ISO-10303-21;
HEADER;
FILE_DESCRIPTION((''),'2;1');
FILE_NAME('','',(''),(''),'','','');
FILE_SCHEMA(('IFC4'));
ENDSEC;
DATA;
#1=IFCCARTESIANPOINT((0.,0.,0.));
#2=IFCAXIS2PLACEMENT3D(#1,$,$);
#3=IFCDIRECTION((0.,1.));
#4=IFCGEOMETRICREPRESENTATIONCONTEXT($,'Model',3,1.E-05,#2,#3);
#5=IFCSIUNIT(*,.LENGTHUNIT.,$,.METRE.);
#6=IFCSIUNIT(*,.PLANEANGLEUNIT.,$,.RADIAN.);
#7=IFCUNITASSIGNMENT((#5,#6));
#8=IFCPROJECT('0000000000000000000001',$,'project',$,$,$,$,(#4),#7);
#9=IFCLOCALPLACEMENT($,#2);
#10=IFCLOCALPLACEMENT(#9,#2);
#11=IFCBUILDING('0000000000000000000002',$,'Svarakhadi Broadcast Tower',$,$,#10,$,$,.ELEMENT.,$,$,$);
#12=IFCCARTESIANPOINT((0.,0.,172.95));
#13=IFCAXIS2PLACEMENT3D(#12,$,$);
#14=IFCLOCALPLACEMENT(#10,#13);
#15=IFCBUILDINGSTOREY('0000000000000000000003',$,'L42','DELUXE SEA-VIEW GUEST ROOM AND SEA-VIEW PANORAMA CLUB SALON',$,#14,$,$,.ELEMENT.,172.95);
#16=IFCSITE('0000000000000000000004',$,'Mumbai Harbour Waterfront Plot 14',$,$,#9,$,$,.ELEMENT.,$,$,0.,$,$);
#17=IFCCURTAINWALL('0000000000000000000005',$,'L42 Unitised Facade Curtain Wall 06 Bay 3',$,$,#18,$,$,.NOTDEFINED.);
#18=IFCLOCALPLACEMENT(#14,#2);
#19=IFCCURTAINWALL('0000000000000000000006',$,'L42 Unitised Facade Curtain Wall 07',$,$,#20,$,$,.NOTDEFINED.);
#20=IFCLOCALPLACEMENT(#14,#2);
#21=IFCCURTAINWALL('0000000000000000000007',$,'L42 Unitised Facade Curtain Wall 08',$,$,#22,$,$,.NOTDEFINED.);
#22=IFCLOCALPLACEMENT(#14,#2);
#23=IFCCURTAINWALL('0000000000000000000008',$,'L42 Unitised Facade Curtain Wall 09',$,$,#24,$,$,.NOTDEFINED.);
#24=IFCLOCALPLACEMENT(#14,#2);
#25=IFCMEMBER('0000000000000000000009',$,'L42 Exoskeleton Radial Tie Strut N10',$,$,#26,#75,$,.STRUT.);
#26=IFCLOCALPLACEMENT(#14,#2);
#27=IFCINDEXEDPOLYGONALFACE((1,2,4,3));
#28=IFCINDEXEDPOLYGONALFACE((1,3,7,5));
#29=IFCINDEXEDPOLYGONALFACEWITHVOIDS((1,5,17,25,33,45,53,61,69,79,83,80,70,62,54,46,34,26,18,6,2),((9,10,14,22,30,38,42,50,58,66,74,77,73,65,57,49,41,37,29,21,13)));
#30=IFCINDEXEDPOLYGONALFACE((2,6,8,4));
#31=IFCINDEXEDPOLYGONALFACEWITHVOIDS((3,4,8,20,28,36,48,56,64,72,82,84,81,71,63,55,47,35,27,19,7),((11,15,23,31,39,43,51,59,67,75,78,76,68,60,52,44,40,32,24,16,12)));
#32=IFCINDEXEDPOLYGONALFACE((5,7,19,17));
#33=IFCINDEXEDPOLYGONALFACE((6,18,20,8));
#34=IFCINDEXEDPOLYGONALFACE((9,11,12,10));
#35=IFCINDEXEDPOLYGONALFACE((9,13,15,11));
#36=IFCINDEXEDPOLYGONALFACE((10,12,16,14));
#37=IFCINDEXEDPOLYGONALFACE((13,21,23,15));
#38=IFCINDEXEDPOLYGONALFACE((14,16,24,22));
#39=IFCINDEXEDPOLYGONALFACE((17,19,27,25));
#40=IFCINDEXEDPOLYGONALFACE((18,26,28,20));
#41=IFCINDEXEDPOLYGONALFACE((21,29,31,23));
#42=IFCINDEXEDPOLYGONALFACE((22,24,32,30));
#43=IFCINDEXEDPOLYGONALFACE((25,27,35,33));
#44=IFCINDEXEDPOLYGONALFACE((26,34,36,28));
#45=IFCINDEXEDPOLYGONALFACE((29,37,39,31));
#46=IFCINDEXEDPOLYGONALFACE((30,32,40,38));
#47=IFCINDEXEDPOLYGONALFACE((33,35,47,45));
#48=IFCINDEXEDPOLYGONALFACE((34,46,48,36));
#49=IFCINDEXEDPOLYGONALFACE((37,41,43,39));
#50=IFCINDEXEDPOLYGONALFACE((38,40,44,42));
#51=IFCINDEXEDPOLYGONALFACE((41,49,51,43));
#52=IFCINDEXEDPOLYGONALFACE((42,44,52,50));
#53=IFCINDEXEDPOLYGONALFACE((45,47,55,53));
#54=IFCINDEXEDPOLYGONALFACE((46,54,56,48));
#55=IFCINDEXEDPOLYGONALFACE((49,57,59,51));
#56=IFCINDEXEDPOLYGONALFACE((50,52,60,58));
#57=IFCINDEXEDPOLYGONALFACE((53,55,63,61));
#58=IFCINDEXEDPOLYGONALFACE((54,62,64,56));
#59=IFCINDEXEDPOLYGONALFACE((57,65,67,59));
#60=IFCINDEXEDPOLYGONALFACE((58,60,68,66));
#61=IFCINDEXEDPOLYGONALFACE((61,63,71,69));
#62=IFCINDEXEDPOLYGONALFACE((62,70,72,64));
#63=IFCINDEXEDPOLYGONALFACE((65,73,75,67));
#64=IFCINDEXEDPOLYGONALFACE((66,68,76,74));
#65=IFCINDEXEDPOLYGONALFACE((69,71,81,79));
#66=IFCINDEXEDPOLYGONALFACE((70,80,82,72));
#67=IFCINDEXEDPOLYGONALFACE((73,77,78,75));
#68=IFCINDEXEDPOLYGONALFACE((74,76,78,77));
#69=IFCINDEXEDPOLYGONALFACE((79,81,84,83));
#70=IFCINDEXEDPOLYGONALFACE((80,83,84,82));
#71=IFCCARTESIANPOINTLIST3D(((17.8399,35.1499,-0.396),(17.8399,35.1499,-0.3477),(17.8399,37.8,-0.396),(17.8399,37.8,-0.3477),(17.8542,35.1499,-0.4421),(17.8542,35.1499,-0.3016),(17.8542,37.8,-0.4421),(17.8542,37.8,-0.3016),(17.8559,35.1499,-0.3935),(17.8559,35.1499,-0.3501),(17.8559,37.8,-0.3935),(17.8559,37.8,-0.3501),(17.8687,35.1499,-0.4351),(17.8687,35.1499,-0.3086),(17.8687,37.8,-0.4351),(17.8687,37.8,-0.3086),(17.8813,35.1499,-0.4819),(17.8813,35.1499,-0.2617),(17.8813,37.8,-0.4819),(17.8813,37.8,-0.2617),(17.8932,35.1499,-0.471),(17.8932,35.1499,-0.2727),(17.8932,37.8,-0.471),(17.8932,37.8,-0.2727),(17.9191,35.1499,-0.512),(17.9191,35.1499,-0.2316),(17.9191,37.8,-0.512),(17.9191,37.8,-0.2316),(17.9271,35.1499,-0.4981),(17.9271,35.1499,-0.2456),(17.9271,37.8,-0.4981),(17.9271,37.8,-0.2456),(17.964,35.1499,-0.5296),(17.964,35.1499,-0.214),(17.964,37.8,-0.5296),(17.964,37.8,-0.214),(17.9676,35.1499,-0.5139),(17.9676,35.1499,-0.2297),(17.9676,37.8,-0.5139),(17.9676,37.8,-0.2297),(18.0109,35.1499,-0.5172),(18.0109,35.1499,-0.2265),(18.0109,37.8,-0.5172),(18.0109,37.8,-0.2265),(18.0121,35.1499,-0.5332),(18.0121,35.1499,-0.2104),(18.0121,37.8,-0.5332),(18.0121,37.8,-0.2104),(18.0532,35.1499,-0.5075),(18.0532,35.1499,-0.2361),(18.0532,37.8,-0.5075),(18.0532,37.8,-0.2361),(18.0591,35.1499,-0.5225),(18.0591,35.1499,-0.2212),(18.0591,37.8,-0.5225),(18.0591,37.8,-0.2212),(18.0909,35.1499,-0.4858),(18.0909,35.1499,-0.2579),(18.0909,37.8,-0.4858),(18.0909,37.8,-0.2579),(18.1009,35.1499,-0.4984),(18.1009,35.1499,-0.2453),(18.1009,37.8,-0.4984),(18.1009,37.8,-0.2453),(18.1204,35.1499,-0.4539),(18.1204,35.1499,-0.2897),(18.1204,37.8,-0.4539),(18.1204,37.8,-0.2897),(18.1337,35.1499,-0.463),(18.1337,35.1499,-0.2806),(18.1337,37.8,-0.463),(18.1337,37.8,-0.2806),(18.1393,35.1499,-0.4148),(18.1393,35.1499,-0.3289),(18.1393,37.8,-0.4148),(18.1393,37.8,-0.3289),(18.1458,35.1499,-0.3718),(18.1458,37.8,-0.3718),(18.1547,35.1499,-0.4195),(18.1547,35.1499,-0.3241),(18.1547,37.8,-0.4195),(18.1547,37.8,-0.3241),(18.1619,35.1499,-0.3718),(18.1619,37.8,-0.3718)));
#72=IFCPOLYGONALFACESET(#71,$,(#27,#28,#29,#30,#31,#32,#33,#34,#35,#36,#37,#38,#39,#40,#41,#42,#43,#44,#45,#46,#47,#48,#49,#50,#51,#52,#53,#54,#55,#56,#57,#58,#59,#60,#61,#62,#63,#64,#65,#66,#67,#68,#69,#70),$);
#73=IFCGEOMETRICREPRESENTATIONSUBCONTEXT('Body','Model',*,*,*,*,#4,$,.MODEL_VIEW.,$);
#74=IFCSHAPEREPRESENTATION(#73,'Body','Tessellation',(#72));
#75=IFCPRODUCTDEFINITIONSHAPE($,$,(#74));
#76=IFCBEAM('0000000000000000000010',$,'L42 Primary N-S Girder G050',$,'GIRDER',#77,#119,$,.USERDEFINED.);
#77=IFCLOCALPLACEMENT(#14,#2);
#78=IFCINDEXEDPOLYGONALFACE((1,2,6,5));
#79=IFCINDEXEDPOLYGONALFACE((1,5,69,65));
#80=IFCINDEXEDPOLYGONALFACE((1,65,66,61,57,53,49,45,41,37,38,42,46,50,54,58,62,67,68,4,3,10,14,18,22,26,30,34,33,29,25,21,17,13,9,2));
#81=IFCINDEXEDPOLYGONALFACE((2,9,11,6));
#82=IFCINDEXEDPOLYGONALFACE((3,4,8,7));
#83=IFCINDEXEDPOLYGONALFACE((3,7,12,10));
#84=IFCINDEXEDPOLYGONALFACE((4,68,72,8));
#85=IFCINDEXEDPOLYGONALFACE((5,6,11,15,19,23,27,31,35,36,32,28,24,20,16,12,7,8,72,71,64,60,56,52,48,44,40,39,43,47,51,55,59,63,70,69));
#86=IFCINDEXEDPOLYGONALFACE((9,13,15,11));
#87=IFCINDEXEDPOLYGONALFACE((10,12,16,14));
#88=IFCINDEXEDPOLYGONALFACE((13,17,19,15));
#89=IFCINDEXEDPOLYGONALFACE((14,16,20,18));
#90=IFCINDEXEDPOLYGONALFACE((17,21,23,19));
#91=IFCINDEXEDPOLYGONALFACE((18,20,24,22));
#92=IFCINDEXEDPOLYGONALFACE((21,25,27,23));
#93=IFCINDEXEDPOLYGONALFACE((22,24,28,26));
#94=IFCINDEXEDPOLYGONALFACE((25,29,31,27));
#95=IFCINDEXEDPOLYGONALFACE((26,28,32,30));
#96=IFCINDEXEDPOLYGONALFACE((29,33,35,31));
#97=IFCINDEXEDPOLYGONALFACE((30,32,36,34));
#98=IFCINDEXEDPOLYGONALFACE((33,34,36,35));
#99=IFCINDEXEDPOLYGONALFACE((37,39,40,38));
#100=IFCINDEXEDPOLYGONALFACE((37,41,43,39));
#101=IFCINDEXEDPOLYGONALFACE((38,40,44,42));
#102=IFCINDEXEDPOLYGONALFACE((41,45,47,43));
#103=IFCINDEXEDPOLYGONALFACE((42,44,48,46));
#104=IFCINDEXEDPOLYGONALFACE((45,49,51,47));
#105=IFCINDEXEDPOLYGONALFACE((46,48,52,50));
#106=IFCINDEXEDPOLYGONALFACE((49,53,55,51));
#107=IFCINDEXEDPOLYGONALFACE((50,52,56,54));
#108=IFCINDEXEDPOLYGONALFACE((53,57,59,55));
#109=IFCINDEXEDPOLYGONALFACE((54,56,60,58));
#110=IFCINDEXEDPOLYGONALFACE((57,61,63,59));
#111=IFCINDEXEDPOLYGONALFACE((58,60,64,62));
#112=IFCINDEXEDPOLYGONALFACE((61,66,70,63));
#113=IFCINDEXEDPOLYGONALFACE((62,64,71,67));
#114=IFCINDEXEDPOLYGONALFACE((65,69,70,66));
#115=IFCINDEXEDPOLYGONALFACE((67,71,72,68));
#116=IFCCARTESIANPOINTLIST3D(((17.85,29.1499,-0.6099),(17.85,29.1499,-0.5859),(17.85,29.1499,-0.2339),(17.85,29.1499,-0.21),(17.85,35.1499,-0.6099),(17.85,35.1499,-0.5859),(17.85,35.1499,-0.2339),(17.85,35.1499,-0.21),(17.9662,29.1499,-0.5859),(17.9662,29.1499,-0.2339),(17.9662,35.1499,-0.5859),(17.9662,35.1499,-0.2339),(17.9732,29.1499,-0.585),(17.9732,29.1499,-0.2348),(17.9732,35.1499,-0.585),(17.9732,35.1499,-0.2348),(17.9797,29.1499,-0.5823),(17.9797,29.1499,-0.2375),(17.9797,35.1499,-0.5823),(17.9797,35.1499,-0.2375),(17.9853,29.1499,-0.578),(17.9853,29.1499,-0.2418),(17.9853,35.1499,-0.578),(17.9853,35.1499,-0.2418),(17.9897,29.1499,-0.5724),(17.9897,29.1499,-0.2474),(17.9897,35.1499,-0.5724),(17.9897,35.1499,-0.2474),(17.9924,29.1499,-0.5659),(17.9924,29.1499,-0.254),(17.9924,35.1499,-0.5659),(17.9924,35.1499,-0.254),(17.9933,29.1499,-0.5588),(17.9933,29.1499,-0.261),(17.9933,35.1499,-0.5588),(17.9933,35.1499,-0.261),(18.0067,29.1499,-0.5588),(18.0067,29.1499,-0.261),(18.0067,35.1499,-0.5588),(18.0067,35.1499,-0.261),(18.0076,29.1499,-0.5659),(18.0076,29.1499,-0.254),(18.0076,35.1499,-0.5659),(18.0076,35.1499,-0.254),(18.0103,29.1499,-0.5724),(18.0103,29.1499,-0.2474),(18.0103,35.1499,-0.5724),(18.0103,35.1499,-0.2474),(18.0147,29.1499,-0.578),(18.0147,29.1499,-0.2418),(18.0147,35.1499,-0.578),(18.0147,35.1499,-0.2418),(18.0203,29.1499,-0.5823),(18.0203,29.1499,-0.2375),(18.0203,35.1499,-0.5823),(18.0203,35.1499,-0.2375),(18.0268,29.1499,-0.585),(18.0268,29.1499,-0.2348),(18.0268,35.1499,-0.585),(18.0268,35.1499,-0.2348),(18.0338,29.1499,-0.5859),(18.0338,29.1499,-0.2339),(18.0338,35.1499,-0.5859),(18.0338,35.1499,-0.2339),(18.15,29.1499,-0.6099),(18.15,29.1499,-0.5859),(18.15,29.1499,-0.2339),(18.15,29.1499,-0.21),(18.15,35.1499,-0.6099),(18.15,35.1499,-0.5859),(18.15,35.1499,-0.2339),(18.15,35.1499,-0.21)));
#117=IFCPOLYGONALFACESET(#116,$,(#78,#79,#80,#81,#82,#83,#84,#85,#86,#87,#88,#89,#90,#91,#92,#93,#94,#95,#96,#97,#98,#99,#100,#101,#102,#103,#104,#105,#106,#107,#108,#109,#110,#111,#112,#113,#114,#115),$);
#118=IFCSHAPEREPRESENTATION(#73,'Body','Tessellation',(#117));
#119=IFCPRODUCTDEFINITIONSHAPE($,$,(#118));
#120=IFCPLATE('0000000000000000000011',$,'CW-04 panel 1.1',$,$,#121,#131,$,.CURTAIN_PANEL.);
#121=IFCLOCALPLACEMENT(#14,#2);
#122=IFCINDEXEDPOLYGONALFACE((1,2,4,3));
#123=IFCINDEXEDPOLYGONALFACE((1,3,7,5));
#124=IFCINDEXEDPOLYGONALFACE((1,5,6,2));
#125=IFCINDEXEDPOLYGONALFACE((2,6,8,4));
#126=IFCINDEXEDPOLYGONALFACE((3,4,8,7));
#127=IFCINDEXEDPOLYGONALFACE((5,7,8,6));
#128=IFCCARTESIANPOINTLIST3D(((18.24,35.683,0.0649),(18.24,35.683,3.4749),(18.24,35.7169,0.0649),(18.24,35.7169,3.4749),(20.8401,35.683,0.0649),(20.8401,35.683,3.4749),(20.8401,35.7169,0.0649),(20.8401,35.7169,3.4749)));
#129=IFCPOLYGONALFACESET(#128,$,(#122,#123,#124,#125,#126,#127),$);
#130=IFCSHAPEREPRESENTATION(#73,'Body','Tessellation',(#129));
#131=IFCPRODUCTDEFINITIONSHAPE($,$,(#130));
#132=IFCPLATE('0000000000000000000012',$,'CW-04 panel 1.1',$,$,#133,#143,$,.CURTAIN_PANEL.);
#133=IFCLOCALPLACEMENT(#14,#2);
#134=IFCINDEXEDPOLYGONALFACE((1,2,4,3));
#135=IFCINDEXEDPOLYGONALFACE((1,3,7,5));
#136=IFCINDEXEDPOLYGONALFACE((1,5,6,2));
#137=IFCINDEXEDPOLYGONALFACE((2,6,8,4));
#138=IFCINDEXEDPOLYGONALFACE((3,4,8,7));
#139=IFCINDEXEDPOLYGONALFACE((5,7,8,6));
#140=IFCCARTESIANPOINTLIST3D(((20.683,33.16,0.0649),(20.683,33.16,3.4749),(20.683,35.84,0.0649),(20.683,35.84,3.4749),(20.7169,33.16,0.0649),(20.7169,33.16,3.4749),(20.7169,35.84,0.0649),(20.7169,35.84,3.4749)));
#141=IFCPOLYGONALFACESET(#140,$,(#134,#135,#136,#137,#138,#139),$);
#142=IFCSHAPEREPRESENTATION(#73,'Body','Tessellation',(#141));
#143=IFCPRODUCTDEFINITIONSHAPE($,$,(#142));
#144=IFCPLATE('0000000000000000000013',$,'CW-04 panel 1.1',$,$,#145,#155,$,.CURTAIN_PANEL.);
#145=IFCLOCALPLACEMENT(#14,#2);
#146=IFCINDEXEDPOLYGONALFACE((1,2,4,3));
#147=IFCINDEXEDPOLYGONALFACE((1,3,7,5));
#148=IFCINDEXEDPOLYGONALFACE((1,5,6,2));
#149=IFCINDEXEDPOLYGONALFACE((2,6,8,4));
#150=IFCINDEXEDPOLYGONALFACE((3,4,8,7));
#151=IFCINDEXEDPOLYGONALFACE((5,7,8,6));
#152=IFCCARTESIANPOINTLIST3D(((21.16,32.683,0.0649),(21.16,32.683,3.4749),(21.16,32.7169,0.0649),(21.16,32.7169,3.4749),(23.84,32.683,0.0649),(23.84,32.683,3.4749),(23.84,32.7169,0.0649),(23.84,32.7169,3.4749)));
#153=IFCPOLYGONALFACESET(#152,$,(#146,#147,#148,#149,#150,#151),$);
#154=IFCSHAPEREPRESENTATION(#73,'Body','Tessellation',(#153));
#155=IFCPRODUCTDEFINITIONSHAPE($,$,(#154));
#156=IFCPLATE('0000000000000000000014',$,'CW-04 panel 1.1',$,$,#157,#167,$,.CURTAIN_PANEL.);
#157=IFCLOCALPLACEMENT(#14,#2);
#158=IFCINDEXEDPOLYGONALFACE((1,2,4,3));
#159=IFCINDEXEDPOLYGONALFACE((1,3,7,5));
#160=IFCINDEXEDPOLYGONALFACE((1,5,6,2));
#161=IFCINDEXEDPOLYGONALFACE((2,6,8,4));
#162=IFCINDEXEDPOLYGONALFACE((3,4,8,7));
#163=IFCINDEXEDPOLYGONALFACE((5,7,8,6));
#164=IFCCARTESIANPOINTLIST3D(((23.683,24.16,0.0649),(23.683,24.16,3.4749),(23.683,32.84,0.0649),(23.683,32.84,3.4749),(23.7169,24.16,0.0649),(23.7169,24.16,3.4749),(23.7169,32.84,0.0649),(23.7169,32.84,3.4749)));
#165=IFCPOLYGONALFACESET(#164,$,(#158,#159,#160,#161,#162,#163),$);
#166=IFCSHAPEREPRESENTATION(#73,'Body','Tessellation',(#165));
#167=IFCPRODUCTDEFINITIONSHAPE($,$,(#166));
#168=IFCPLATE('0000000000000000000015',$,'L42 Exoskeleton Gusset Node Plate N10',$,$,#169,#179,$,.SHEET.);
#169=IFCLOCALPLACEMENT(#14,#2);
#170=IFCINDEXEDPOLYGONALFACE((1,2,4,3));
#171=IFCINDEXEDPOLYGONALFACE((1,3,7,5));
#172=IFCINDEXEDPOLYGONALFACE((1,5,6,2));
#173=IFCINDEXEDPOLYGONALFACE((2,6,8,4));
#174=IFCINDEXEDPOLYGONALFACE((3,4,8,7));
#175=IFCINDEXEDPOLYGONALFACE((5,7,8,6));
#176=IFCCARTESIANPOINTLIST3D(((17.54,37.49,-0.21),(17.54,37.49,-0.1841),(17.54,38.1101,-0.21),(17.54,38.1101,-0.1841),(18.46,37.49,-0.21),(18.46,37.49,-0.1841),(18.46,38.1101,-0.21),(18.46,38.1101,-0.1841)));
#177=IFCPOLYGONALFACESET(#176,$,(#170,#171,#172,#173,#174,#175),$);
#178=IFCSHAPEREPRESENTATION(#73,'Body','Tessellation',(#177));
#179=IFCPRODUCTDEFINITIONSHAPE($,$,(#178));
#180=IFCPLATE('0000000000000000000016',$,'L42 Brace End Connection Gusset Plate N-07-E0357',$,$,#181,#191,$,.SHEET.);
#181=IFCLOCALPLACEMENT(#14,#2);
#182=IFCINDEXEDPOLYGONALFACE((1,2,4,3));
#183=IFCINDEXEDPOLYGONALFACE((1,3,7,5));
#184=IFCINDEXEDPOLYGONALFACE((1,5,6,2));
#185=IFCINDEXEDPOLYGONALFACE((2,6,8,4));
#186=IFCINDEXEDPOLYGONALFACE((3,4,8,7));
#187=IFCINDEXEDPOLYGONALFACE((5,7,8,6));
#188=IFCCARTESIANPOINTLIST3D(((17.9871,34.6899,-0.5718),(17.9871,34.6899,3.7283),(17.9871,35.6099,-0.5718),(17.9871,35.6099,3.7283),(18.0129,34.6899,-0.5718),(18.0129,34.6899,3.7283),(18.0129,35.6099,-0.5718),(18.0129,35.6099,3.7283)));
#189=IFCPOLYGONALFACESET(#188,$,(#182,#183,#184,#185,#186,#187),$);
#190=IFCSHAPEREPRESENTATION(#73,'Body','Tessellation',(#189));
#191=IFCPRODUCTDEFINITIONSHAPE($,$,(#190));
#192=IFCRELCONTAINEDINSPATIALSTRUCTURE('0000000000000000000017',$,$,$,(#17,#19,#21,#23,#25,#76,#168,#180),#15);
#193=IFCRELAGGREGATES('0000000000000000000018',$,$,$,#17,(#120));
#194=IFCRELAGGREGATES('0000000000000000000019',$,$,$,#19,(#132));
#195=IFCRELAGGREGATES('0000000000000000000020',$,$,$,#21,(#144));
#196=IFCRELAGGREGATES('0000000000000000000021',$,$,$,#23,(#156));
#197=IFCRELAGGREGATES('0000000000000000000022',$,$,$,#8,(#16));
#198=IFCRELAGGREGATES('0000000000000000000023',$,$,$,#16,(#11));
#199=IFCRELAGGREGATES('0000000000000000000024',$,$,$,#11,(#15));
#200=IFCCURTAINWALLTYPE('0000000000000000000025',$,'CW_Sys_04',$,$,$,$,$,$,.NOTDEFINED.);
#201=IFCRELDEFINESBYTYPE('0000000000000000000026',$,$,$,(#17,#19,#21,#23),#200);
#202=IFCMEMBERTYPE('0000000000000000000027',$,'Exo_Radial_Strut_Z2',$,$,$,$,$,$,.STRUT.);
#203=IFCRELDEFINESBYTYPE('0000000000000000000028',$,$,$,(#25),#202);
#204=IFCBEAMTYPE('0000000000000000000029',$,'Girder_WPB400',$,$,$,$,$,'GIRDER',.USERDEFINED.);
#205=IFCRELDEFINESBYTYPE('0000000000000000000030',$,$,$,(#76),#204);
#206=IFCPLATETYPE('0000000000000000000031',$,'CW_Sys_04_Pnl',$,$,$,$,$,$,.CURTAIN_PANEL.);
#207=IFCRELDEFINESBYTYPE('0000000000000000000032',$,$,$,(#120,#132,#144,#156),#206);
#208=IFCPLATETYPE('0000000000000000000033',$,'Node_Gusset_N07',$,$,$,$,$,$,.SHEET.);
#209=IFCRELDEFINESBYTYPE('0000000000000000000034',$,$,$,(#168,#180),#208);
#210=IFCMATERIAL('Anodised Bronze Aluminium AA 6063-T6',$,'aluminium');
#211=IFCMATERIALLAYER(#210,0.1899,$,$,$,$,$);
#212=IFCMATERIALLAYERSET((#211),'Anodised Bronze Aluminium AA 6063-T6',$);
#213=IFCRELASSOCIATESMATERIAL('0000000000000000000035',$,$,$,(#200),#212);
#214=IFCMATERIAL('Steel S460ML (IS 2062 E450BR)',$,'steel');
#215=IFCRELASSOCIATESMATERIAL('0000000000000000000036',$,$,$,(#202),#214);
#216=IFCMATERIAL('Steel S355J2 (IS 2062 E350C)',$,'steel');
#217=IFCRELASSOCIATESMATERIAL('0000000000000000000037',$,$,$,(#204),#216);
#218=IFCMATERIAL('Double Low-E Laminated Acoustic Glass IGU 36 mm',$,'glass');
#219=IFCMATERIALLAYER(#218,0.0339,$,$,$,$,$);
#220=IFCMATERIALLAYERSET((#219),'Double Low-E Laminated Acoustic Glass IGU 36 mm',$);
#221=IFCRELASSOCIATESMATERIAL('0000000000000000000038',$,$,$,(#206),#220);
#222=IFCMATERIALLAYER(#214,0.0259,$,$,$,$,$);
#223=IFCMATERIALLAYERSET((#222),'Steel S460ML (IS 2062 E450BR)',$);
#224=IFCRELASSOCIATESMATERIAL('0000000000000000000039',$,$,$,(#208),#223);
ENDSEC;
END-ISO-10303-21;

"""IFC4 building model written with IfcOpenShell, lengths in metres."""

from ifc_helpers import new_model, si_unit, direction, frame, origin, origin_2d, place, context, subcontext, project, spatial, rectangle, hollow_circle, i_section, extrude, material, layer, layer_set, material_profile, profile_set, type_object, element, aggregate, save


model = new_model("IFC4")

# Units and contexts
model_context = context("Model", 3, precision=1e-05, world=origin(), true_north=direction((0.0, 1.0)))
body_context = subcontext(model_context, "Body", "Model", "MODEL_VIEW")
ifc_project = project(units=[si_unit("LENGTHUNIT", "METRE"), si_unit("PLANEANGLEUNIT", "RADIAN")], contexts=[model_context])

# Site, building, storey
site_placement = place(None, origin())
site = spatial("IfcSite", under=ifc_project, at=site_placement, Name="Mumbai Harbour Waterfront Plot 14", CompositionType="ELEMENT", RefElevation=0.0)
building_placement = place(site_placement, origin())
building = spatial("IfcBuilding", under=site, at=building_placement, Name="Svarakhadi Broadcast Tower", CompositionType="ELEMENT")
storey_placement = place(building_placement, frame((0.0, 0.0, 172.95)))
storey = spatial("IfcBuildingStorey", under=building, at=storey_placement, Name="L42", Description="DELUXE SEA-VIEW GUEST ROOM AND SEA-VIEW PANORAMA CLUB SALON", CompositionType="ELEMENT", Elevation=172.95)

# Curtain walls
ifc_material_1 = material(Name="Anodised Bronze Aluminium AA 6063-T6", Category="aluminium")
ifc_layer_1 = layer(ifc_material_1, 0.1899)
ifc_layer_set_1 = layer_set([ifc_layer_1], Name="Anodised Bronze Aluminium AA 6063-T6")
curtain_wall_type = type_object("IfcCurtainWallType", Name="CW_Sys_04", PredefinedType="NOTDEFINED", material=ifc_layer_set_1)
curtain_wall_1_placement = place(storey_placement, origin())
curtain_wall_1 = element("IfcCurtainWall", 1, at=curtain_wall_1_placement, inside=storey, type_object=curtain_wall_type, Name="L42 Unitised Facade Curtain Wall 06 Bay 3", PredefinedType="NOTDEFINED")
curtain_wall_2_placement = place(storey_placement, origin())
curtain_wall_2 = element("IfcCurtainWall", 2, at=curtain_wall_2_placement, inside=storey, type_object=curtain_wall_type, Name="L42 Unitised Facade Curtain Wall 07", PredefinedType="NOTDEFINED")
curtain_wall_3_placement = place(storey_placement, origin())
curtain_wall_3 = element("IfcCurtainWall", 3, at=curtain_wall_3_placement, inside=storey, type_object=curtain_wall_type, Name="L42 Unitised Facade Curtain Wall 08", PredefinedType="NOTDEFINED")

# Curtain wall
curtain_wall_4_placement = place(storey_placement, origin())
curtain_wall_4 = element("IfcCurtainWall", 4, at=curtain_wall_4_placement, inside=storey, type_object=curtain_wall_type, Name="L42 Unitised Facade Curtain Wall 09", PredefinedType="NOTDEFINED")

# Member
ifc_material_2 = material(Name="Steel S460ML (IS 2062 E450BR)", Category="steel")
ifc_material_profile_1 = material_profile(ifc_material_2, hollow_circle(Radius=0.1619, WallThickness=0.0161, at=origin_2d()), Name="CHS 323.9x16")
ifc_profile_set_1 = profile_set([ifc_material_profile_1], Name="Steel S460ML (IS 2062 E450BR)")
member_type_1 = type_object("IfcMemberType", Name="Exo_Radial_Strut_Z2", PredefinedType="STRUT", material=ifc_profile_set_1)
member_1_placement = place(storey_placement, frame((18.0, 37.8, -0.3718), z_axis=(0.0, -1.0, 0.0), x_axis=(1.0, 0.0, 0.0)))
element("IfcMember", 5, at=member_1_placement, inside=storey, type_object=member_type_1, Name="L42 Exoskeleton Radial Tie Strut N10", PredefinedType="STRUT", context=body_context, shape_type="SweptSolid", body=[
    extrude(hollow_circle(Radius=0.1619, WallThickness=0.0161, at=origin_2d()), origin(), (0.0, 0.0, 1.0), 2.6501),
])

# Beam
ifc_material_3 = material(Name="Steel S355J2 (IS 2062 E350C)", Category="steel")
ifc_material_profile_2 = material_profile(ifc_material_3, i_section(OverallWidth=0.3, OverallDepth=0.3999, WebThickness=0.0134, FlangeThickness=0.0239, FilletRadius=0.0271, at=origin_2d()), Name="WPB 400x300x155")
ifc_profile_set_2 = profile_set([ifc_material_profile_2], Name="Steel S355J2 (IS 2062 E350C)")
beam_type = type_object("IfcBeamType", Name="Girder_WPB400", ElementType="GIRDER", PredefinedType="USERDEFINED", material=ifc_profile_set_2)
beam_placement = place(storey_placement, frame((18.0, 29.1499, -0.4099), z_axis=(0.0, 1.0, 0.0), x_axis=(-1.0, 0.0, 0.0)))
element("IfcBeam", 6, at=beam_placement, inside=storey, type_object=beam_type, Name="L42 Primary N-S Girder G050", ObjectType="GIRDER", PredefinedType="USERDEFINED", context=body_context, shape_type="SweptSolid", body=[
    extrude(i_section(OverallWidth=0.3, OverallDepth=0.3999, WebThickness=0.0134, FlangeThickness=0.0239, FilletRadius=0.0271, at=origin_2d()), origin(), (0.0, 0.0, 1.0), 6.0),
])

# Plates
ifc_material_4 = material(Name="Double Low-E Laminated Acoustic Glass IGU 36 mm", Category="glass")
ifc_layer_2 = layer(ifc_material_4, 0.0339)
ifc_layer_set_2 = layer_set([ifc_layer_2], Name="Double Low-E Laminated Acoustic Glass IGU 36 mm")
plate_type_1 = type_object("IfcPlateType", Name="CW_Sys_04_Pnl", PredefinedType="CURTAIN_PANEL", material=ifc_layer_set_2)
plate_1_placement = place(storey_placement, frame((19.54, 35.7, 0.0649), z_axis=(0.0, 0.0, 1.0), x_axis=(1.0, 0.0, 0.0)))
plate_1 = element("IfcPlate", 7, at=plate_1_placement, type_object=plate_type_1, Name="CW-04 panel 1.1", PredefinedType="CURTAIN_PANEL", context=body_context, shape_type="SweptSolid", body=[
    extrude(rectangle(XDim=2.6001, YDim=0.0339, at=origin_2d()), origin(), (0.0, 0.0, 1.0), 3.4099),
])
aggregate(curtain_wall_1, [plate_1])
plate_2_placement = place(storey_placement, frame((20.7, 34.5, 0.0649), z_axis=(0.0, 0.0, 1.0), x_axis=(0.0, -1.0, 0.0)))
plate_2 = element("IfcPlate", 8, at=plate_2_placement, type_object=plate_type_1, Name="CW-04 panel 1.1", PredefinedType="CURTAIN_PANEL", context=body_context, shape_type="SweptSolid", body=[
    extrude(rectangle(XDim=2.6799, YDim=0.0339, at=origin_2d()), origin(), (0.0, 0.0, 1.0), 3.4099),
])
aggregate(curtain_wall_2, [plate_2])
plate_3_placement = place(storey_placement, frame((22.5, 32.7, 0.0649), z_axis=(0.0, 0.0, 1.0), x_axis=(1.0, 0.0, 0.0)))
plate_3 = element("IfcPlate", 9, at=plate_3_placement, type_object=plate_type_1, Name="CW-04 panel 1.1", PredefinedType="CURTAIN_PANEL", context=body_context, shape_type="SweptSolid", body=[
    extrude(rectangle(XDim=2.6799, YDim=0.0339, at=origin_2d()), origin(), (0.0, 0.0, 1.0), 3.4099),
])
aggregate(curtain_wall_3, [plate_3])
plate_4_placement = place(storey_placement, frame((23.7, 28.5, 0.0649), z_axis=(0.0, 0.0, 1.0), x_axis=(0.0, -1.0, 0.0)))
plate_4 = element("IfcPlate", 10, at=plate_4_placement, type_object=plate_type_1, Name="CW-04 panel 1.1", PredefinedType="CURTAIN_PANEL", context=body_context, shape_type="SweptSolid", body=[
    extrude(rectangle(XDim=8.6799, YDim=0.0339, at=origin_2d()), origin(), (0.0, 0.0, 1.0), 3.4099),
])
aggregate(curtain_wall_4, [plate_4])

# Plates
ifc_layer_3 = layer(ifc_material_2, 0.0259)
ifc_layer_set_3 = layer_set([ifc_layer_3], Name="Steel S460ML (IS 2062 E450BR)")
plate_type_2 = type_object("IfcPlateType", Name="Node_Gusset_N07", PredefinedType="SHEET", material=ifc_layer_set_3)
plate_5_placement = place(storey_placement, frame((18.0, 37.8, -0.21), z_axis=(0.0, 0.0, 1.0), x_axis=(1.0, 0.0, 0.0)))
element("IfcPlate", 11, at=plate_5_placement, inside=storey, type_object=plate_type_2, Name="L42 Exoskeleton Gusset Node Plate N10", PredefinedType="SHEET", context=body_context, shape_type="SweptSolid", body=[
    extrude(rectangle(XDim=0.9199, YDim=0.6201, at=origin_2d()), origin(), (0.0, 0.0, 1.0), 0.0259),
])
plate_6_placement = place(storey_placement, frame((18.0, 35.1499, -0.5718), z_axis=(0.0, 0.0, 1.0), x_axis=(0.0, 1.0, 0.0)))
element("IfcPlate", 12, at=plate_6_placement, inside=storey, type_object=plate_type_2, Name="L42 Brace End Connection Gusset Plate N-07-E0357", PredefinedType="SHEET", context=body_context, shape_type="SweptSolid", body=[
    extrude(rectangle(XDim=0.9199, YDim=0.0259, at=origin_2d()), origin(), (0.0, 0.0, 1.0), 4.3),
])

save(model, "model.ifc")
